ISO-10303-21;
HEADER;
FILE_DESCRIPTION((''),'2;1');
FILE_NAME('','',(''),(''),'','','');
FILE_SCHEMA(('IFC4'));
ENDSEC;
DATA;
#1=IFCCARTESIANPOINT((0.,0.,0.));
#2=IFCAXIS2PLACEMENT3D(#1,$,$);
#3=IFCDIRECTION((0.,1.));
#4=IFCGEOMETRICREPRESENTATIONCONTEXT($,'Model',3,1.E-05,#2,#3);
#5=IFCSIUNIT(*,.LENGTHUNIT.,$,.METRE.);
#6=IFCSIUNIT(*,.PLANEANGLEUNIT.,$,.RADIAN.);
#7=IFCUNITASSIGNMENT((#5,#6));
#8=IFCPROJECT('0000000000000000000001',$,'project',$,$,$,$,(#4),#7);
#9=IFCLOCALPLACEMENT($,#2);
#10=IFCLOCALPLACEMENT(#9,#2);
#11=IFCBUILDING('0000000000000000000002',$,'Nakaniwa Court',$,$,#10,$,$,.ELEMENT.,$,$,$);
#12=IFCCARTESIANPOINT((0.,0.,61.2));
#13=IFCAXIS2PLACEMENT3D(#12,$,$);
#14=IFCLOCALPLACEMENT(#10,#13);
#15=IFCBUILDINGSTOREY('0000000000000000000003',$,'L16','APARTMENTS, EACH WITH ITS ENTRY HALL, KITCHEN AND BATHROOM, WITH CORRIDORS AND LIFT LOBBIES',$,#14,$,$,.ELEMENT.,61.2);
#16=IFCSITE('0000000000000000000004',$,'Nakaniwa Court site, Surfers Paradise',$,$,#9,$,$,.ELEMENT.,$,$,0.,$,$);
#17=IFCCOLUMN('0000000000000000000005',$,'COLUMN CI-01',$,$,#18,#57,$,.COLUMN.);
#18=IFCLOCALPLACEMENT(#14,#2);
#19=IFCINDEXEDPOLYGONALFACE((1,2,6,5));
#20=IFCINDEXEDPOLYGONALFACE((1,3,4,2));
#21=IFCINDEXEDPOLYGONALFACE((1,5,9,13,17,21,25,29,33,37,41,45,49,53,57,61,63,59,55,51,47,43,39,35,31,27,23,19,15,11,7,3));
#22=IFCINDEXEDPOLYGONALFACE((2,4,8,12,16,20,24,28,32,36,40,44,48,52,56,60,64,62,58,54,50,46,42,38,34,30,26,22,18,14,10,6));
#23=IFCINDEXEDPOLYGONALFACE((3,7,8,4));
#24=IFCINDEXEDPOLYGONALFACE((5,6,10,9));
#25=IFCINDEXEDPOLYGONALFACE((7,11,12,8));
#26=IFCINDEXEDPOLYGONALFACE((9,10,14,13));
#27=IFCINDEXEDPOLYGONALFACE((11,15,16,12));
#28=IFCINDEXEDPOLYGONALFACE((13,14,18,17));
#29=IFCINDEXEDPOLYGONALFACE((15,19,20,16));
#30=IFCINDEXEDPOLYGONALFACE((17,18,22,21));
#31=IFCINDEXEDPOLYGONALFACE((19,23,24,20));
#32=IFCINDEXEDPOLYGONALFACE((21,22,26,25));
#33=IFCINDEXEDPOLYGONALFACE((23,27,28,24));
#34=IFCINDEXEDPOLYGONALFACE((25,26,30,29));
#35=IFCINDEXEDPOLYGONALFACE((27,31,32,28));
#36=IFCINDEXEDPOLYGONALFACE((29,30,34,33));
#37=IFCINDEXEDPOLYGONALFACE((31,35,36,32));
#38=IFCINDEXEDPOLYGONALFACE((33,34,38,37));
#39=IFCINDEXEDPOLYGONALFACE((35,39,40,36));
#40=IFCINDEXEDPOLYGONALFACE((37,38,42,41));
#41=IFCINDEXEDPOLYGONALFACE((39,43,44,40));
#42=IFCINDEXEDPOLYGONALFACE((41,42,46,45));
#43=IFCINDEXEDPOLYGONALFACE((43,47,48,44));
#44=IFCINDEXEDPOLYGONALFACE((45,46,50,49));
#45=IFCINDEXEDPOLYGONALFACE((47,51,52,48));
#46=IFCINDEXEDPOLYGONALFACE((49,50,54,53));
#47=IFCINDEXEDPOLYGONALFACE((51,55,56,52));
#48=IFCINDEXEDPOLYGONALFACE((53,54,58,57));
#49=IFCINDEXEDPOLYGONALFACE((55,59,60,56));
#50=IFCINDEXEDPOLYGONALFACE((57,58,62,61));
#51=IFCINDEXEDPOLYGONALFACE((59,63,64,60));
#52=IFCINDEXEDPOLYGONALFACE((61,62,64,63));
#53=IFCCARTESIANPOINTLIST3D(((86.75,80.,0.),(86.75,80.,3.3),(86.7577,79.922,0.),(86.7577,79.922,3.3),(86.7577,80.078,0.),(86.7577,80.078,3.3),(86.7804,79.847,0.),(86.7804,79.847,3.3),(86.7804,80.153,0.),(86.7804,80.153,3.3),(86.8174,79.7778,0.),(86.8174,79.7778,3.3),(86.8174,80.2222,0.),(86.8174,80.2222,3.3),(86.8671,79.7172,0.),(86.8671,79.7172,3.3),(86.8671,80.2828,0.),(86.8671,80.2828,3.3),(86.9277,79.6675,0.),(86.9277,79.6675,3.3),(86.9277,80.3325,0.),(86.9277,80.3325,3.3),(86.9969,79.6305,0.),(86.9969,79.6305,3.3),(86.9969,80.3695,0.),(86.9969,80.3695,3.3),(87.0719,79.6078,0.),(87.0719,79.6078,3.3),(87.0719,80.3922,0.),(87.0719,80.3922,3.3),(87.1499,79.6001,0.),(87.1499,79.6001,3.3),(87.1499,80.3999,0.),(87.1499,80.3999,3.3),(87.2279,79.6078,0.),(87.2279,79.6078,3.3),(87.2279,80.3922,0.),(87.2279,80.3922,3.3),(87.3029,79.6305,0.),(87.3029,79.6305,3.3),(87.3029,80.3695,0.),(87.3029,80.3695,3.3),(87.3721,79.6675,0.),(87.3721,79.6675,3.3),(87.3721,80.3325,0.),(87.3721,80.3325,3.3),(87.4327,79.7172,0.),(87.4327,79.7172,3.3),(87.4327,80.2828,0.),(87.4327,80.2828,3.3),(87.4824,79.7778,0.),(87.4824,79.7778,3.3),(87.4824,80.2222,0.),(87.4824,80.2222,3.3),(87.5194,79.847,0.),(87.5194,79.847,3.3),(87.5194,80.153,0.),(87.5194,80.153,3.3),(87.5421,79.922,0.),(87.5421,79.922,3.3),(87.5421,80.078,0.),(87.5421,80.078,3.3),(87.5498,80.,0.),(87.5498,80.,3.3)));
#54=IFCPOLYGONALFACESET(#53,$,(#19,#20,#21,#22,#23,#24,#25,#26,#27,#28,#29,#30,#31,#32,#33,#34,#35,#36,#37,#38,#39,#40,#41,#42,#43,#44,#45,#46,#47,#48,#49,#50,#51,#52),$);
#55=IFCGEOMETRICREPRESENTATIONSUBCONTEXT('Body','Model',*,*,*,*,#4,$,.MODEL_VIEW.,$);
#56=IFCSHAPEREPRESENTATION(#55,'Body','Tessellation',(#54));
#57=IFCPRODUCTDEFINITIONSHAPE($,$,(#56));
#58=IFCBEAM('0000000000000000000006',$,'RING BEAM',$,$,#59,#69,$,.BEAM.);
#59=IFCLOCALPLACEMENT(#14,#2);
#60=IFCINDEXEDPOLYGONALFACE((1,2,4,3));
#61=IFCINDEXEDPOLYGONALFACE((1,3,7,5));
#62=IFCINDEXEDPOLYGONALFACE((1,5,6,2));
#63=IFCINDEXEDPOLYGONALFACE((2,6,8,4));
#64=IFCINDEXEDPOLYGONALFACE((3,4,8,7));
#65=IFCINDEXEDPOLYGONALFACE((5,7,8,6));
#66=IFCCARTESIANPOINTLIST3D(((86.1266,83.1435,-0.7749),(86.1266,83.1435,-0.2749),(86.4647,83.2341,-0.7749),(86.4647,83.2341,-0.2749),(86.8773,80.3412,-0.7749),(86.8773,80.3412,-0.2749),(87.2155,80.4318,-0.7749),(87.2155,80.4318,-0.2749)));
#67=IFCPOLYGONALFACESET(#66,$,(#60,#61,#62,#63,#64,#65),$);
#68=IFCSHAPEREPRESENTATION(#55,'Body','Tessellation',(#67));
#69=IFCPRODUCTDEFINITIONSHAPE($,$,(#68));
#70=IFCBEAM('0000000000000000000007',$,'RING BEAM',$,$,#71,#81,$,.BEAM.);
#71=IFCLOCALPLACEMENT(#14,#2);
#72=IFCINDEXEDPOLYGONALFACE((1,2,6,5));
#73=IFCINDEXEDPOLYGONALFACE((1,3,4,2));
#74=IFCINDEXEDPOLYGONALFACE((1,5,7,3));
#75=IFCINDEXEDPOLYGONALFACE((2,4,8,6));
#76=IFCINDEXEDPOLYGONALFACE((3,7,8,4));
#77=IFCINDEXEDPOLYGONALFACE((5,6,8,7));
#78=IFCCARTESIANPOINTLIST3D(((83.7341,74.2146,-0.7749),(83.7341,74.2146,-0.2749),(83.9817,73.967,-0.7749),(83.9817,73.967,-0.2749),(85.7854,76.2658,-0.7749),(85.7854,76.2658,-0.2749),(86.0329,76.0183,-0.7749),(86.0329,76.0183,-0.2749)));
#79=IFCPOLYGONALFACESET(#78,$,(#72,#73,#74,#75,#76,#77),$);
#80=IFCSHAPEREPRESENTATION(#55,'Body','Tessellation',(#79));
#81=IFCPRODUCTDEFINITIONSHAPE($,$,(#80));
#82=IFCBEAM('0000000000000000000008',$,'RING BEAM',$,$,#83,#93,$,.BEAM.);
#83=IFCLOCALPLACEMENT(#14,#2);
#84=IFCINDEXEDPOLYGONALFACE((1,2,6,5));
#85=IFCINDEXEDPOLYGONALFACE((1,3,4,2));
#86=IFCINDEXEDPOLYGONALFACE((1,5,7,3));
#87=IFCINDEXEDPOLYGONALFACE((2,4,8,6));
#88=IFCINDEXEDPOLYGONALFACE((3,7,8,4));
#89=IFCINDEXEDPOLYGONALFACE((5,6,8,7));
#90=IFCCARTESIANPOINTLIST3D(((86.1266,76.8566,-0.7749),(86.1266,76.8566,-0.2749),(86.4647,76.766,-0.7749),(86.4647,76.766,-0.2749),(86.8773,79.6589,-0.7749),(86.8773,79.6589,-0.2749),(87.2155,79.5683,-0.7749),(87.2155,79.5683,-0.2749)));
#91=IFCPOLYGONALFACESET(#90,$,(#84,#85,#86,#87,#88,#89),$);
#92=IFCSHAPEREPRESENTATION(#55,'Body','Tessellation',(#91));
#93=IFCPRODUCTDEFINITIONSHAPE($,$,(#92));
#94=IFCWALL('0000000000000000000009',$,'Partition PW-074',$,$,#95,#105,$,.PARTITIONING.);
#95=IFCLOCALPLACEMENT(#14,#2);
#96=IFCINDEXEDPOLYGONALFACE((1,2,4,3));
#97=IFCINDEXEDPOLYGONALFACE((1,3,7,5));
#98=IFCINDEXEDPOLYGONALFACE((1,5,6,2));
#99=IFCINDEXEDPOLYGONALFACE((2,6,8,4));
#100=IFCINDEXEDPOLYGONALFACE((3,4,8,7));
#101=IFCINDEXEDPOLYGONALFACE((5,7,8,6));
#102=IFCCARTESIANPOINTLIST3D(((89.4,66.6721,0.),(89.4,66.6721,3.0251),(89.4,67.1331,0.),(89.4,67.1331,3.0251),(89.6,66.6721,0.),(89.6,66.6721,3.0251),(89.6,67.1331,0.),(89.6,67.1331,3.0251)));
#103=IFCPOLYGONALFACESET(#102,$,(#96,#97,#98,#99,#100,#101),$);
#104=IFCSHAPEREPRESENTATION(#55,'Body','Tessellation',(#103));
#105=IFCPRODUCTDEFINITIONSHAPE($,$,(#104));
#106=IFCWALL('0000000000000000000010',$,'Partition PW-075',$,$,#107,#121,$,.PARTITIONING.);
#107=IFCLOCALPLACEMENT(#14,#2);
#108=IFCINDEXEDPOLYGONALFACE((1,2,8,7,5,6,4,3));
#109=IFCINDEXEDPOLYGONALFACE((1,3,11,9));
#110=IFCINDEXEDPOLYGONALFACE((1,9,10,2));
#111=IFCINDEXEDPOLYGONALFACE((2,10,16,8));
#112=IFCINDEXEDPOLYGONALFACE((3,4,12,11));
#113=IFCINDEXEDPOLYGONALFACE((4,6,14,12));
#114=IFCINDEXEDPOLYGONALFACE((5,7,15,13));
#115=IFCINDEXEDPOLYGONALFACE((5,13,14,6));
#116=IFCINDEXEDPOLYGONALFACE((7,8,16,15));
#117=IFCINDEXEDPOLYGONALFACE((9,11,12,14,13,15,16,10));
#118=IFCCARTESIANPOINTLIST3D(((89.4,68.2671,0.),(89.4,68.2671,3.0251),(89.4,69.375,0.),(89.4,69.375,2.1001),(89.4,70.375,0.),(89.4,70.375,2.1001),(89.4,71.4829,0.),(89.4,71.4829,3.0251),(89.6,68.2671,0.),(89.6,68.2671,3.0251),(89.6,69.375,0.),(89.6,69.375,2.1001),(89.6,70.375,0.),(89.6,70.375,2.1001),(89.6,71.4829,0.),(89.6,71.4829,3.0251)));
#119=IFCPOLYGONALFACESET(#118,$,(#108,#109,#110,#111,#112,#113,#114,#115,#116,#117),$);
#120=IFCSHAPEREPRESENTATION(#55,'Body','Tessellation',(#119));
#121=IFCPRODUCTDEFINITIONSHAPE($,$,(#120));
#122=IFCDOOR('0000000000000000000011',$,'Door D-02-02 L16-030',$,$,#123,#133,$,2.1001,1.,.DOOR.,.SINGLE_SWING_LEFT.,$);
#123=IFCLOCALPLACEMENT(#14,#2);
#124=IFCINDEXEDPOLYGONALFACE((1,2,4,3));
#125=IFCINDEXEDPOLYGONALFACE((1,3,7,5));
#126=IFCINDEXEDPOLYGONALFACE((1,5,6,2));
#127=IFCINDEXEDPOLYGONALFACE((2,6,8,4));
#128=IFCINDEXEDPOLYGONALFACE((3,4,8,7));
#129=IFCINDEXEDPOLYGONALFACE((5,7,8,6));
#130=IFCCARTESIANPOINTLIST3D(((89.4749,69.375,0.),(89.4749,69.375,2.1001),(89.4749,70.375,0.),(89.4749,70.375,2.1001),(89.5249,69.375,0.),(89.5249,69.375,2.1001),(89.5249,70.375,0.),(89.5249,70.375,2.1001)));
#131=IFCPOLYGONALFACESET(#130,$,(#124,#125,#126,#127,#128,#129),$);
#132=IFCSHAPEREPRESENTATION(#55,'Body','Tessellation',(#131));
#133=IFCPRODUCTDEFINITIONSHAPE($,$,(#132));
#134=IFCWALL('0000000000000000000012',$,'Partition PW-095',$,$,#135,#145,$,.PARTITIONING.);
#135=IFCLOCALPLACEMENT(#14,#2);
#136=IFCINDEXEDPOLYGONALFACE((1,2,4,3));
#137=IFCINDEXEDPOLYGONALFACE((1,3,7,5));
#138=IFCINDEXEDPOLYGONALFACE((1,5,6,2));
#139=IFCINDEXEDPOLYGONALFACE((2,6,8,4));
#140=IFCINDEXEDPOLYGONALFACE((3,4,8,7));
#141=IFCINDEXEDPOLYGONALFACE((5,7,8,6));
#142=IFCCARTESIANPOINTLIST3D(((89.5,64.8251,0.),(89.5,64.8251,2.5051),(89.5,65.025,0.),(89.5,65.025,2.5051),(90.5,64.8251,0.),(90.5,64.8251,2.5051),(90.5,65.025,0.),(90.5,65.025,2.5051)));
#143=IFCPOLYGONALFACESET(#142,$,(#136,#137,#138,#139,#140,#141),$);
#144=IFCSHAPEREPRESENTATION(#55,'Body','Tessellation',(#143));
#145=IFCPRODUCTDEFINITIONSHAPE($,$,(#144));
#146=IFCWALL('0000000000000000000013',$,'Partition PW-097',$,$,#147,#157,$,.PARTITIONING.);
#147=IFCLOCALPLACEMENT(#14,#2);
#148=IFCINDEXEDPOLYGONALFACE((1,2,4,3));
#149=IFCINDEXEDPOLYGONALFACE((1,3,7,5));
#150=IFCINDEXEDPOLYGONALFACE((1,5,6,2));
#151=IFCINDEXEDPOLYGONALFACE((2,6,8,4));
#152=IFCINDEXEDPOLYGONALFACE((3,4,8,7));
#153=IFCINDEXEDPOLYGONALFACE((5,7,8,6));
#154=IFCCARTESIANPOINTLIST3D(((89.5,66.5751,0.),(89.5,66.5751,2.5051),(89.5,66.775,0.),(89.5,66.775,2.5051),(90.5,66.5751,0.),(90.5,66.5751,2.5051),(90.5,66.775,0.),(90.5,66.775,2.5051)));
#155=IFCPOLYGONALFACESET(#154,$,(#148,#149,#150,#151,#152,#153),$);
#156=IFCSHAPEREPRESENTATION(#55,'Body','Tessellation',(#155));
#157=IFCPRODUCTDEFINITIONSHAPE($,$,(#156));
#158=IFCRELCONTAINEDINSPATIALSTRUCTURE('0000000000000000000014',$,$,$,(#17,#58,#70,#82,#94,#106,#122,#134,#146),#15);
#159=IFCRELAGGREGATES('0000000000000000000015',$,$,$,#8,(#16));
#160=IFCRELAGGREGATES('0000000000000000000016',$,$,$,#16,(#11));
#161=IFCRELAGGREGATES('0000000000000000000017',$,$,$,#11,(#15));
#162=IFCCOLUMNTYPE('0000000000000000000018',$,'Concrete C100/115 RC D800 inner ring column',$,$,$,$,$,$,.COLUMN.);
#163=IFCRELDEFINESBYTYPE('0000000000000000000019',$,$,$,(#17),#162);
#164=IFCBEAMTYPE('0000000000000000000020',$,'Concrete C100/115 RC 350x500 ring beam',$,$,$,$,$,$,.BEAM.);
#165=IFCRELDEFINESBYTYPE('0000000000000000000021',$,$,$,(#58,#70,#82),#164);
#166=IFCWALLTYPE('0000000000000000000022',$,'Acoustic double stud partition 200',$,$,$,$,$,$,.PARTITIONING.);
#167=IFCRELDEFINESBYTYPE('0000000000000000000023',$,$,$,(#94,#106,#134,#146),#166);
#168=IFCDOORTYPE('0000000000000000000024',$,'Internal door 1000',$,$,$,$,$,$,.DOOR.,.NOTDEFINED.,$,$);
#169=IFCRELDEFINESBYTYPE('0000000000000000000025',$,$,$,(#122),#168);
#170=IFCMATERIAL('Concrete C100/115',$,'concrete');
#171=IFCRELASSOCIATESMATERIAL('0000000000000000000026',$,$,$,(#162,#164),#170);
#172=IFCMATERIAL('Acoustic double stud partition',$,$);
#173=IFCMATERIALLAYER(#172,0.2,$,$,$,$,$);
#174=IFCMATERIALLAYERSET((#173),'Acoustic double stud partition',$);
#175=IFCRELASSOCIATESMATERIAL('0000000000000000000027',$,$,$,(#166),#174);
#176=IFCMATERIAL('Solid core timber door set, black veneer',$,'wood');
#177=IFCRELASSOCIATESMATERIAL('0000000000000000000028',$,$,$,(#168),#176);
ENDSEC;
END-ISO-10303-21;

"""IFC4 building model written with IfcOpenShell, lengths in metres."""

from ifc_helpers import new_model, si_unit, direction, frame, frame_2d, origin, origin_2d, place, context, subcontext, project, spatial, rectangle, circle, extrude, material, layer, layer_set, material_profile, profile_set, type_object, element, fill, save


model = new_model("IFC4")

# Units and contexts
model_context = context("Model", 3, precision=1e-05, world=origin(), true_north=direction((0.0, 1.0)))
body_context = subcontext(model_context, "Body", "Model", "MODEL_VIEW")
ifc_project = project(units=[si_unit("LENGTHUNIT", "METRE"), si_unit("PLANEANGLEUNIT", "RADIAN")], contexts=[model_context])

# Site, building, storey
site_placement = place(None, origin())
site = spatial("IfcSite", under=ifc_project, at=site_placement, Name="Nakaniwa Court site, Surfers Paradise", CompositionType="ELEMENT", RefElevation=0.0)
building_placement = place(site_placement, origin())
building = spatial("IfcBuilding", under=site, at=building_placement, Name="Nakaniwa Court", CompositionType="ELEMENT")
storey_placement = place(building_placement, frame((0.0, 0.0, 61.2)))
storey = spatial("IfcBuildingStorey", under=building, at=storey_placement, Name="L16", Description="APARTMENTS, EACH WITH ITS ENTRY HALL, KITCHEN AND BATHROOM, WITH CORRIDORS AND LIFT LOBBIES", CompositionType="ELEMENT", Elevation=61.2)

# Column
ifc_material_1 = material(Name="Concrete C100/115", Category="concrete")
ifc_material_profile_1 = material_profile(ifc_material_1, circle(Radius=0.3999, at=origin_2d()), Name="Concrete C100/115 RC D800 inner ring column")
ifc_profile_set_1 = profile_set([ifc_material_profile_1], Name="Concrete C100/115")
column_type = type_object("IfcColumnType", Name="Concrete C100/115 RC D800 inner ring column", PredefinedType="COLUMN", material=ifc_profile_set_1)
for number, where, z_axis, x_axis, name in (
    (1, (87.1499, 80.0, 0.0), (0.0, 0.0, 1.0), (0.0, 1.0, 0.0), "COLUMN CI-01"),
):
    element("IfcColumn", number, at=place(storey_placement, frame(where, z_axis=z_axis, x_axis=x_axis)), inside=storey, type_object=column_type, Name=name, PredefinedType="COLUMN", context=body_context, shape_type="SweptSolid", body=[
        extrude(circle(Radius=0.3999, at=origin_2d()), origin(), (0.0, 0.0, 1.0), 3.3),
    ])

# Beams
ifc_material_profile_2 = material_profile(ifc_material_1, rectangle(XDim=0.3501, YDim=0.5, at=origin_2d()), Name="Concrete C100/115 RC 350x500 ring beam")
ifc_profile_set_2 = profile_set([ifc_material_profile_2], Name="Concrete C100/115")
beam_type = type_object("IfcBeamType", Name="Concrete C100/115 RC 350x500 ring beam", PredefinedType="BEAM", material=ifc_profile_set_2)
beam_1_placement = place(storey_placement, frame((87.0464, 80.3865, -0.5249), z_axis=(-0.258778, 0.965937, 0.0), x_axis=(-0.965937, -0.258778, 0.0)))
element("IfcBeam", 2, at=beam_1_placement, inside=storey, type_object=beam_type, Name="RING BEAM", PredefinedType="BEAM", context=body_context, shape_type="SweptSolid", body=[
    extrude(rectangle(XDim=0.3501, YDim=0.5, at=origin_2d()), origin(), (0.0, 0.0, 1.0), 2.9011),
])
beam_2_placement = place(storey_placement, frame((83.8579, 74.0908, -0.5249), z_axis=(0.707107, 0.707107, 0.0), x_axis=(-0.707107, 0.707107, 0.0)))
element("IfcBeam", 3, at=beam_2_placement, inside=storey, type_object=beam_type, Name="RING BEAM", PredefinedType="BEAM", context=body_context, shape_type="SweptSolid", body=[
    extrude(rectangle(XDim=0.3501, YDim=0.5, at=origin_2d()), origin(), (0.0, 0.0, 1.0), 2.9009),
])
beam_3_placement = place(storey_placement, frame((86.2957, 76.8113, -0.5249), z_axis=(0.258778, 0.965937, 0.0), x_axis=(-0.965937, 0.258778, 0.0)))
element("IfcBeam", 4, at=beam_3_placement, inside=storey, type_object=beam_type, Name="RING BEAM", PredefinedType="BEAM", context=body_context, shape_type="SweptSolid", body=[
    extrude(rectangle(XDim=0.3501, YDim=0.5, at=origin_2d()), origin(), (0.0, 0.0, 1.0), 2.9011),
])

# Wall
ifc_material_2 = material(Name="Acoustic double stud partition")
ifc_layer_1 = layer(ifc_material_2, 0.2)
ifc_layer_set_1 = layer_set([ifc_layer_1], Name="Acoustic double stud partition")
wall_type_1 = type_object("IfcWallType", Name="Acoustic double stud partition 200", PredefinedType="PARTITIONING", material=ifc_layer_set_1)
wall_1_placement = place(storey_placement, frame((89.5, 66.6721, 0.0), z_axis=(0.0, 0.0, 1.0), x_axis=(0.0, 1.0, 0.0)))
element("IfcWall", 5, at=wall_1_placement, inside=storey, type_object=wall_type_1, Name="Partition PW-074", PredefinedType="PARTITIONING", context=body_context, shape_type="SweptSolid", body=[
    extrude(rectangle(XDim=0.4609, YDim=0.2, at=frame_2d((0.2305, 0.0))), origin(), (0.0, 0.0, 1.0), 3.0251),
])

# Wall, opening, door
wall_2_placement = place(storey_placement, frame((89.5, 71.4829, 0.0), z_axis=(0.0, 0.0, 1.0), x_axis=(0.0, -1.0, 0.0)))
wall_2 = element("IfcWall", 6, at=wall_2_placement, inside=storey, type_object=wall_type_1, Name="Partition PW-075", PredefinedType="PARTITIONING", context=body_context, shape_type="SweptSolid", body=[
    extrude(rectangle(XDim=3.2158, YDim=0.2, at=frame_2d((1.6079, 0.0))), origin(), (0.0, 0.0, 1.0), 3.0251),
])
opening_1_placement = place(wall_2_placement, frame((1.1079, 0.0, 0.0)))
opening_1 = element("IfcOpeningElement", 7, at=opening_1_placement, cuts=wall_2, PredefinedType="OPENING", context=body_context, shape_type="SweptSolid", body=[
    extrude(rectangle(XDim=1.0, YDim=2.1001, at=frame_2d((0.5, 1.05))), frame((0.0, 0.1099, 0.0), z_axis=(0.0, -1.0, 0.0), x_axis=(1.0, 0.0, 0.0)), (0.0, 0.0, 1.0), 0.22),
])
ifc_material_3 = material(Name="Solid core timber door set, black veneer", Category="wood")
door_type_1 = type_object("IfcDoorType", Name="Internal door 1000", OperationType="NOTDEFINED", PredefinedType="DOOR", material=ifc_material_3)
door_1_placement = place(opening_1_placement, origin())
door_1 = element("IfcDoor", 8, at=door_1_placement, inside=storey, type_object=door_type_1, Name="Door D-02-02 L16-030", OperationType="SINGLE_SWING_LEFT", OverallHeight=2.1001, OverallWidth=1.0, PredefinedType="DOOR", context=body_context, shape_type="SweptSolid", body=[
    extrude(rectangle(XDim=1.0, YDim=2.1001, at=frame_2d((0.5, 1.05))), frame((0.0, 0.0249, 0.0), z_axis=(0.0, -1.0, 0.0), x_axis=(1.0, 0.0, 0.0)), (0.0, 0.0, 1.0), 0.05),
])
fill(opening_1, door_1)

# Walls
for number, where, z_axis, x_axis, name in (
    (9, (89.5, 64.925, 0.0), (0.0, 0.0, 1.0), (1.0, 0.0, 0.0), "Partition PW-095"),
    (10, (89.5, 66.675, 0.0), (0.0, 0.0, 1.0), (1.0, 0.0, 0.0), "Partition PW-097"),
):
    element("IfcWall", number, at=place(storey_placement, frame(where, z_axis=z_axis, x_axis=x_axis)), inside=storey, type_object=wall_type_1, Name=name, PredefinedType="PARTITIONING", context=body_context, shape_type="SweptSolid", body=[
        extrude(rectangle(XDim=1.0, YDim=0.2, at=frame_2d((0.5, 0.0))), origin(), (0.0, 0.0, 1.0), 2.5051),
    ])

save(model, "model.ifc")
